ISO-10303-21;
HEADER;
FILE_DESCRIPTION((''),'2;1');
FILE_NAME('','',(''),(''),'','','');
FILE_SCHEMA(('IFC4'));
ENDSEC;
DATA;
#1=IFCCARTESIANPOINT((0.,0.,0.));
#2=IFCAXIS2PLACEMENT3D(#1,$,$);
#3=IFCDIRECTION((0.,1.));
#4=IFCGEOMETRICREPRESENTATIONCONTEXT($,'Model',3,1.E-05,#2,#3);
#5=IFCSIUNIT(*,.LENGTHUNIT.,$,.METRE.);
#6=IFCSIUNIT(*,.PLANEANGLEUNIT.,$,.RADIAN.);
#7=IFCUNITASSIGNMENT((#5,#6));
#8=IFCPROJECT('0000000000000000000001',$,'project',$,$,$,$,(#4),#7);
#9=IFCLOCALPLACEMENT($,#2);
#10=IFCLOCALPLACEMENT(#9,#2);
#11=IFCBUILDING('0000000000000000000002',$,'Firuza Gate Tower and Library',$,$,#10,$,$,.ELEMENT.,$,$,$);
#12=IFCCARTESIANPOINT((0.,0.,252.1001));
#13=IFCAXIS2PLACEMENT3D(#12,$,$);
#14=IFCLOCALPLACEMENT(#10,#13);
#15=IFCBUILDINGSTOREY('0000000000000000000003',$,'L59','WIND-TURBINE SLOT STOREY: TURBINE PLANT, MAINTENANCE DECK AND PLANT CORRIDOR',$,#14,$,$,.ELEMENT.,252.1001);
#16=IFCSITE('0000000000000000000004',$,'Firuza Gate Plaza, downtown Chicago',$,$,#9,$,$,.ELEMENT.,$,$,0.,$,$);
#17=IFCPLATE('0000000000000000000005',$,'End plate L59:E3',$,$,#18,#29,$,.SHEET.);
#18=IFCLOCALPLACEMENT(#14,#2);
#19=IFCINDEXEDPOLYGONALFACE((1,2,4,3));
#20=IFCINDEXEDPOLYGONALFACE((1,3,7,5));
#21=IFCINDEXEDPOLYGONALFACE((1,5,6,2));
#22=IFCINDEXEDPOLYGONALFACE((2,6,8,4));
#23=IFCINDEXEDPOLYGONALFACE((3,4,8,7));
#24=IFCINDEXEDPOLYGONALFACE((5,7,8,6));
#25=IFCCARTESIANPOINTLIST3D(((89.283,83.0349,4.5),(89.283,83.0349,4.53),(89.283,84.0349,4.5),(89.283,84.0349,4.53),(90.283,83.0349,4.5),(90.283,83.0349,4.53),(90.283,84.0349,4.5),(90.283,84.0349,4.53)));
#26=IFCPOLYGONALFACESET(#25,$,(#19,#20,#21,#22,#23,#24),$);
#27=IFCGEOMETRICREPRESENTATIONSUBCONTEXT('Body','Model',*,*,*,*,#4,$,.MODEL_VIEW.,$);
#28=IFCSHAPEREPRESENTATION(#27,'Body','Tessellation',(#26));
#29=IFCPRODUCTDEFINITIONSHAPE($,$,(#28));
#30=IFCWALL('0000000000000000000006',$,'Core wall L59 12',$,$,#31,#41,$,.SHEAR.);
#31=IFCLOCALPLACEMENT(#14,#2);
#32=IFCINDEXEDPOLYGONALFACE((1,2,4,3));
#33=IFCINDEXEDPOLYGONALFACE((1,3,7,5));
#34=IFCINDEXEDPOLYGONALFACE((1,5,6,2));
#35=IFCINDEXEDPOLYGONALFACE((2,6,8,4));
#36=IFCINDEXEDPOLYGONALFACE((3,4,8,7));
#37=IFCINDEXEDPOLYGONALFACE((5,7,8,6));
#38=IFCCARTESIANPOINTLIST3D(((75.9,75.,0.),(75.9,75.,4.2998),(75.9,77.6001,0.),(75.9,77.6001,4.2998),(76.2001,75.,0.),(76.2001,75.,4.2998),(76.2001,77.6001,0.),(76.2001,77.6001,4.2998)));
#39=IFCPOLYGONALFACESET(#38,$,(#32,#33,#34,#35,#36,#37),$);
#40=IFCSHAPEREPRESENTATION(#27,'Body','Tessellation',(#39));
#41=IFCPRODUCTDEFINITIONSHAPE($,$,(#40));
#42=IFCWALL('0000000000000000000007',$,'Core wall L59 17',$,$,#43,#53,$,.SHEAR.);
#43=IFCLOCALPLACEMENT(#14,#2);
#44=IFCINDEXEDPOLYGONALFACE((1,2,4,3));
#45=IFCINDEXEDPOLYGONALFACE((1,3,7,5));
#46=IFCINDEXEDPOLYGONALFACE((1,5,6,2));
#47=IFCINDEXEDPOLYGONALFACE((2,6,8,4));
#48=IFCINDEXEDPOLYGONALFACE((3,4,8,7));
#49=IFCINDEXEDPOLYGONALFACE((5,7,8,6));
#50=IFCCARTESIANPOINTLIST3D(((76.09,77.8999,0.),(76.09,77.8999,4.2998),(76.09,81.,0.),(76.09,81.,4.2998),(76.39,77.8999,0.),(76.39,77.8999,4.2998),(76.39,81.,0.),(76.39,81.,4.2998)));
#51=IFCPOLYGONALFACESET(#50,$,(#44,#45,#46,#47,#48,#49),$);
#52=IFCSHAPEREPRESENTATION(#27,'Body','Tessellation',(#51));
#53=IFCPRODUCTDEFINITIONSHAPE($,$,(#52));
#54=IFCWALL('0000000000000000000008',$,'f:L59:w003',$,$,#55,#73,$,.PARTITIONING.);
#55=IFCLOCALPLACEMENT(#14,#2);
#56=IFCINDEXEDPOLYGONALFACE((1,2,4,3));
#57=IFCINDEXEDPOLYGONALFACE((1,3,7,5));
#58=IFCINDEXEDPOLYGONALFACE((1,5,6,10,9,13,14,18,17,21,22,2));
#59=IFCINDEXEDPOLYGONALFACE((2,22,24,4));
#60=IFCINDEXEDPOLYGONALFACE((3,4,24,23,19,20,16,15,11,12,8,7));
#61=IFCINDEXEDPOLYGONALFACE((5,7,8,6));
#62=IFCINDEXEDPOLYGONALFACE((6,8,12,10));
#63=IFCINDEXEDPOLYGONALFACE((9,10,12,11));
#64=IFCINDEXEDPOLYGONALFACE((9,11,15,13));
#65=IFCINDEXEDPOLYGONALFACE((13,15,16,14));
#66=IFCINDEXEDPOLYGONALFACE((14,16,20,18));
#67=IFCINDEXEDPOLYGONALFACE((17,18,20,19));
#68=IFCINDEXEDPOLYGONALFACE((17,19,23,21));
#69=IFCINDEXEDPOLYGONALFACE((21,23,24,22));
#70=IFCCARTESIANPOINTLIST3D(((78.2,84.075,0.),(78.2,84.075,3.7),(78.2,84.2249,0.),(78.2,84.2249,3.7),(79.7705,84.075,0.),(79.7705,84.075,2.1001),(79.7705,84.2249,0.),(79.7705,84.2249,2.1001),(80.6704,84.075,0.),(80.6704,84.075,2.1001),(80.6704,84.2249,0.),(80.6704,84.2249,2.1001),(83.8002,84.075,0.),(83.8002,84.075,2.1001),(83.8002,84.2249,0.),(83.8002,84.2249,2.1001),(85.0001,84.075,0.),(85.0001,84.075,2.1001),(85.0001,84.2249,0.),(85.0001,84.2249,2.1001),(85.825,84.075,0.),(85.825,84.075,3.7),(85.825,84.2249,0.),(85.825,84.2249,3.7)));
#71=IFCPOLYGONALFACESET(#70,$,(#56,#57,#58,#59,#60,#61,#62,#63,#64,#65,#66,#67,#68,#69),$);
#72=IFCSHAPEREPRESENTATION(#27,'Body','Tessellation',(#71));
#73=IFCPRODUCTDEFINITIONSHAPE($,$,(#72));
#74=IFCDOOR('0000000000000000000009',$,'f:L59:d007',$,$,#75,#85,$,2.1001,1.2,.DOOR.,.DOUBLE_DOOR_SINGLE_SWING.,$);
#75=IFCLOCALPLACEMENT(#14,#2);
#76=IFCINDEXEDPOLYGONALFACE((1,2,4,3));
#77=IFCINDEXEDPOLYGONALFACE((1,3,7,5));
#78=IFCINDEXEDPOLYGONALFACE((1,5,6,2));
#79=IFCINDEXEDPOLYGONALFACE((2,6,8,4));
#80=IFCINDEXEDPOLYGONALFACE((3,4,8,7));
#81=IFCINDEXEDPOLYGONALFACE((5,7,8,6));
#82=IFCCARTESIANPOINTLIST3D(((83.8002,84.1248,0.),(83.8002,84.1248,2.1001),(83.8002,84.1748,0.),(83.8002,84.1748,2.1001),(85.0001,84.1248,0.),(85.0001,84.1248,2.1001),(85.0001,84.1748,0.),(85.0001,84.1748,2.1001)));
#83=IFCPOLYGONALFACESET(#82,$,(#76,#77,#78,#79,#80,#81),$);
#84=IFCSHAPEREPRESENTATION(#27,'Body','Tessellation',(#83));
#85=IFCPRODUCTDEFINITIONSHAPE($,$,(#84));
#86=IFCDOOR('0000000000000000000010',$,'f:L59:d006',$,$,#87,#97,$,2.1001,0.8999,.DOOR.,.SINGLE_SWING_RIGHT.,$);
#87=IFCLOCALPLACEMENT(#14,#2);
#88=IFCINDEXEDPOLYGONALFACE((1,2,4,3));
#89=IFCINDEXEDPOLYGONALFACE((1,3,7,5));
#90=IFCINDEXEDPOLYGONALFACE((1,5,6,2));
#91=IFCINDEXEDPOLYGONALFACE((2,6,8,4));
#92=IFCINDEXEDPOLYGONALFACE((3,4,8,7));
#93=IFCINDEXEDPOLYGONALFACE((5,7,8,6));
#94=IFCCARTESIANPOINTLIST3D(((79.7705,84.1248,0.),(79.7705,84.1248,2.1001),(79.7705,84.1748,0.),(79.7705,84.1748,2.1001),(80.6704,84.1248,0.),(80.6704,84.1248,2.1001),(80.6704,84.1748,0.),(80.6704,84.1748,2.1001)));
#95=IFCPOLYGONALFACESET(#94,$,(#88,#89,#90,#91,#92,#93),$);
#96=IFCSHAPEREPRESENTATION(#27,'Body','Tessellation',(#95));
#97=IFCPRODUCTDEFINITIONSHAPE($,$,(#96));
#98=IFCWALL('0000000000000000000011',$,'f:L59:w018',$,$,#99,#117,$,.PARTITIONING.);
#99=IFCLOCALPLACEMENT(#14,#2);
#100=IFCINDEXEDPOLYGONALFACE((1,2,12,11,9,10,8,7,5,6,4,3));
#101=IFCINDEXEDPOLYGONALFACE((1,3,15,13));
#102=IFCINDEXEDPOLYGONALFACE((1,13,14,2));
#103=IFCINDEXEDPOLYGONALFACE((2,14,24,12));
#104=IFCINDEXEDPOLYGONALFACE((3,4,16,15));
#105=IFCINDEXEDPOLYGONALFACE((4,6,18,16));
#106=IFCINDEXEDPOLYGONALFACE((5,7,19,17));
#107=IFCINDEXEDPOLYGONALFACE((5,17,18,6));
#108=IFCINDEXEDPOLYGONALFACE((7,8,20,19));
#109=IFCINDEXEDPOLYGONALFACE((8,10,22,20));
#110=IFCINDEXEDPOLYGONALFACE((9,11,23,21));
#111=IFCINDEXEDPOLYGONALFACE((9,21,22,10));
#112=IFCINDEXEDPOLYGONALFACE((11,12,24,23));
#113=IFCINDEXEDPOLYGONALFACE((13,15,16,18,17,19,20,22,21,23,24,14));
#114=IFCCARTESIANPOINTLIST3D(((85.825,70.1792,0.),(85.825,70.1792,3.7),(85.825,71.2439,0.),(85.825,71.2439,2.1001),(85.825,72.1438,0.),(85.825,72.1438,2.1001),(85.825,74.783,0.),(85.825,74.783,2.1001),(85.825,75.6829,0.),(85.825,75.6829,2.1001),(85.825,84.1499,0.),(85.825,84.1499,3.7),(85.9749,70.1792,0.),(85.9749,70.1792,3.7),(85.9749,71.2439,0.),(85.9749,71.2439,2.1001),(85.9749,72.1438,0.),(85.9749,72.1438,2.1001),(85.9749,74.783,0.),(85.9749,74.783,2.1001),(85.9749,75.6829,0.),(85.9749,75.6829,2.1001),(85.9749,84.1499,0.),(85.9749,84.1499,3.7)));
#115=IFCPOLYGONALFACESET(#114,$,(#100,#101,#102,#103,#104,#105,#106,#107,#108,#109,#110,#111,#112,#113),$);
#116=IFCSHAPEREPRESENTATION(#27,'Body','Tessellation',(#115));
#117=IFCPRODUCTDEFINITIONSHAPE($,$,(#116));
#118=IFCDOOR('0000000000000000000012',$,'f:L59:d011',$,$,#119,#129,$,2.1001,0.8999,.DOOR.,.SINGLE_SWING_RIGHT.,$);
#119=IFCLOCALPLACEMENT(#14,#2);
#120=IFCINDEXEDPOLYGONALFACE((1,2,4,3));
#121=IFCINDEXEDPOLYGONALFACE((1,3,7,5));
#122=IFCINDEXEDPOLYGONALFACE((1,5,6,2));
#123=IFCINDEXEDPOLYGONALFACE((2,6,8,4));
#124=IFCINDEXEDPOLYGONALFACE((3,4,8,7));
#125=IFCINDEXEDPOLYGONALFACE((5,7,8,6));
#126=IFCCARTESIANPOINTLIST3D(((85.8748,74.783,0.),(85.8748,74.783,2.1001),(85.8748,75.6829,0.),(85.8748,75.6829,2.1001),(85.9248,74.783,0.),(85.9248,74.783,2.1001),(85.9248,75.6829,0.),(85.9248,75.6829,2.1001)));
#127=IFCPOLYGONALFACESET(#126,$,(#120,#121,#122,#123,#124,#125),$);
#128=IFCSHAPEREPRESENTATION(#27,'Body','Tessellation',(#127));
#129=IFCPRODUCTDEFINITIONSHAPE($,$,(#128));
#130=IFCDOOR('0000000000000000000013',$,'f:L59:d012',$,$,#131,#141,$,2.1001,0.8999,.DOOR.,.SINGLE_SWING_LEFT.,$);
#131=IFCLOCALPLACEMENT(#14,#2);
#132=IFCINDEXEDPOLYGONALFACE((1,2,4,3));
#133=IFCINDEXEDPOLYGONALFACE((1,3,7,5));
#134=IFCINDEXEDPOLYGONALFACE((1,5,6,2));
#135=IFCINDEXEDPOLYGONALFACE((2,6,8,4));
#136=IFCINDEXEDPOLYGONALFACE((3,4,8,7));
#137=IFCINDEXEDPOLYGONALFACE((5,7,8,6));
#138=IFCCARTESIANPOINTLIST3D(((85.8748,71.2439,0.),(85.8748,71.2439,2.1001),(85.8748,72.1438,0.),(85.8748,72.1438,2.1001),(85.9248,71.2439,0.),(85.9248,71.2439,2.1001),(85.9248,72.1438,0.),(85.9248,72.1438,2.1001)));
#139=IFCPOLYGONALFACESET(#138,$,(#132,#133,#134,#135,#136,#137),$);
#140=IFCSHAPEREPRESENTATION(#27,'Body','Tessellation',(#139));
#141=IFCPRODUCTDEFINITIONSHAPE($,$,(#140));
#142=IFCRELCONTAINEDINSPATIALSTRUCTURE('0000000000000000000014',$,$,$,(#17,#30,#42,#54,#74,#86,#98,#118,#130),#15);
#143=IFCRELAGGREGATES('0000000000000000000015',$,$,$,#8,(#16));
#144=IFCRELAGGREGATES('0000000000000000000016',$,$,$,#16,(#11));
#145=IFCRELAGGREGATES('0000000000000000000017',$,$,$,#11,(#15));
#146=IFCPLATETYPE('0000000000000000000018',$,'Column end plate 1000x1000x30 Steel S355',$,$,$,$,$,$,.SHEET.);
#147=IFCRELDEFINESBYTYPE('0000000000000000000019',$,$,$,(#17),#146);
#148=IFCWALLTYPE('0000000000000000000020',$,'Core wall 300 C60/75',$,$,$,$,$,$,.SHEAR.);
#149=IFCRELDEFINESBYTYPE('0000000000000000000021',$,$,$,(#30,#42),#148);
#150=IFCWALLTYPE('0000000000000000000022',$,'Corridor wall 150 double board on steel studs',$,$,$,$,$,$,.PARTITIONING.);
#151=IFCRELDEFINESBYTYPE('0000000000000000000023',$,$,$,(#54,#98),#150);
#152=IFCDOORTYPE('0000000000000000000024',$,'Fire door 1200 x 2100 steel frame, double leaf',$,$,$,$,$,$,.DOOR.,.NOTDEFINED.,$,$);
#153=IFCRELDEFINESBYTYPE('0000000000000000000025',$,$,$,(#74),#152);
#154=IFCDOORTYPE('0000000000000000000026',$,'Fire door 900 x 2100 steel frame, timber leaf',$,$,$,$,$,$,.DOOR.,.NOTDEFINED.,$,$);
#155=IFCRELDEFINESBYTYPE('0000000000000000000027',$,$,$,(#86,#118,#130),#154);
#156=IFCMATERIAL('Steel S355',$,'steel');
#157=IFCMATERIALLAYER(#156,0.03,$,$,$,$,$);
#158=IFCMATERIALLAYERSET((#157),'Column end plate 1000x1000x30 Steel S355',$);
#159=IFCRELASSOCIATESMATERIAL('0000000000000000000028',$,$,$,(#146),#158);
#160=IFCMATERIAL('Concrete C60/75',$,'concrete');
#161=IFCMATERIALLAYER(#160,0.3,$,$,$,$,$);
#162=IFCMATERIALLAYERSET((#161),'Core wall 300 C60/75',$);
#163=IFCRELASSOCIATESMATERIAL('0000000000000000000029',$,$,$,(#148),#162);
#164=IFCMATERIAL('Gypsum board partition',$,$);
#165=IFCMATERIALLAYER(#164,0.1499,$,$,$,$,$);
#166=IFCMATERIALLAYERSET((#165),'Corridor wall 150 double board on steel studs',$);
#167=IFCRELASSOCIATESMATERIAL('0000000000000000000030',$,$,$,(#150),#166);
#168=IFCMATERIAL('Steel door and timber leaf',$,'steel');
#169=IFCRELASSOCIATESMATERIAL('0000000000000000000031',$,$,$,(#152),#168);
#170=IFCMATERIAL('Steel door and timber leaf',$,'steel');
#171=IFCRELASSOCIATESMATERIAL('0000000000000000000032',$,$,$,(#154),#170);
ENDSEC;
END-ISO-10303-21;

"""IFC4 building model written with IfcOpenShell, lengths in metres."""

from ifc_helpers import new_model, si_unit, direction, frame, frame_2d, origin, origin_2d, place, context, subcontext, project, spatial, rectangle, extrude, material, layer, layer_set, type_object, element, fill, save


model = new_model("IFC4")

# Units and contexts
model_context = context("Model", 3, precision=1e-05, world=origin(), true_north=direction((0.0, 1.0)))
body_context = subcontext(model_context, "Body", "Model", "MODEL_VIEW")
ifc_project = project(units=[si_unit("LENGTHUNIT", "METRE"), si_unit("PLANEANGLEUNIT", "RADIAN")], contexts=[model_context])

# Site, building, storey
site_placement = place(None, origin())
site = spatial("IfcSite", under=ifc_project, at=site_placement, Name="Firuza Gate Plaza, downtown Chicago", CompositionType="ELEMENT", RefElevation=0.0)
building_placement = place(site_placement, origin())
building = spatial("IfcBuilding", under=site, at=building_placement, Name="Firuza Gate Tower and Library", CompositionType="ELEMENT")
storey_placement = place(building_placement, frame((0.0, 0.0, 252.1001)))
storey = spatial("IfcBuildingStorey", under=building, at=storey_placement, Name="L59", Description="WIND-TURBINE SLOT STOREY: TURBINE PLANT, MAINTENANCE DECK AND PLANT CORRIDOR", CompositionType="ELEMENT", Elevation=252.1001)

# Plate
ifc_material_1 = material(Name="Steel S355", Category="steel")
ifc_layer_1 = layer(ifc_material_1, 0.03)
ifc_layer_set_1 = layer_set([ifc_layer_1], Name="Column end plate 1000x1000x30 Steel S355")
plate_type = type_object("IfcPlateType", Name="Column end plate 1000x1000x30 Steel S355", PredefinedType="SHEET", material=ifc_layer_set_1)
for number, where, z_axis, x_axis, name in (
    (1, (89.783, 83.5349, 4.5), (0.0, 0.0, 1.0), (1.0, 0.0, 0.0), "End plate L59:E3"),
):
    element("IfcPlate", number, at=place(storey_placement, frame(where, z_axis=z_axis, x_axis=x_axis)), inside=storey, type_object=plate_type, Name=name, PredefinedType="SHEET", context=body_context, shape_type="SweptSolid", body=[
        extrude(rectangle(XDim=1.0, YDim=1.0, at=origin_2d()), origin(), (0.0, 0.0, 1.0), 0.03),
    ])

# Walls
ifc_material_2 = material(Name="Concrete C60/75", Category="concrete")
ifc_layer_2 = layer(ifc_material_2, 0.3)
ifc_layer_set_2 = layer_set([ifc_layer_2], Name="Core wall 300 C60/75")
wall_type_1 = type_object("IfcWallType", Name="Core wall 300 C60/75", PredefinedType="SHEAR", material=ifc_layer_set_2)
wall_1_placement = place(storey_placement, frame((76.05, 75.0, 0.0), z_axis=(0.0, 0.0, 1.0), x_axis=(0.0, 1.0, 0.0)))
element("IfcWall", 2, at=wall_1_placement, inside=storey, type_object=wall_type_1, Name="Core wall L59 12", PredefinedType="SHEAR", context=body_context, shape_type="SweptSolid", body=[
    extrude(rectangle(XDim=2.6001, YDim=0.3, at=frame_2d((1.3, 0.0))), origin(), (0.0, 0.0, 1.0), 4.2998),
])
wall_2_placement = place(storey_placement, frame((76.24, 77.8999, 0.0), z_axis=(0.0, 0.0, 1.0), x_axis=(0.0, 1.0, 0.0)))
element("IfcWall", 3, at=wall_2_placement, inside=storey, type_object=wall_type_1, Name="Core wall L59 17", PredefinedType="SHEAR", context=body_context, shape_type="SweptSolid", body=[
    extrude(rectangle(XDim=3.1001, YDim=0.3, at=frame_2d((1.55, 0.0))), origin(), (0.0, 0.0, 1.0), 4.2998),
])

# Walls, openings, doors
ifc_material_3 = material(Name="Gypsum board partition")
ifc_layer_3 = layer(ifc_material_3, 0.1499)
ifc_layer_set_3 = layer_set([ifc_layer_3], Name="Corridor wall 150 double board on steel studs")
wall_type_2 = type_object("IfcWallType", Name="Corridor wall 150 double board on steel studs", PredefinedType="PARTITIONING", material=ifc_layer_set_3)
wall_3_placement = place(storey_placement, frame((78.2, 84.1499, 0.0), z_axis=(0.0, 0.0, 1.0), x_axis=(1.0, 0.0, 0.0)))
wall_3 = element("IfcWall", 4, at=wall_3_placement, inside=storey, type_object=wall_type_2, Name="f:L59:w003", PredefinedType="PARTITIONING", context=body_context, shape_type="SweptSolid", body=[
    extrude(rectangle(XDim=7.625, YDim=0.1499, at=frame_2d((3.8125, 0.0))), origin(), (0.0, 0.0, 1.0), 3.7),
])
opening_1_placement = place(wall_3_placement, frame((1.5706, 0.0, 0.0)))
opening_1 = element("IfcOpeningElement", 5, at=opening_1_placement, cuts=wall_3, PredefinedType="OPENING", context=body_context, shape_type="SweptSolid", body=[
    extrude(rectangle(XDim=0.8999, YDim=2.1001, at=frame_2d((0.45, 1.05))), frame((0.0, 0.085, 0.0), z_axis=(0.0, -1.0, 0.0), x_axis=(1.0, 0.0, 0.0)), (0.0, 0.0, 1.0), 0.1699),
])
opening_2_placement = place(wall_3_placement, frame((5.6001, 0.0, 0.0)))
opening_2 = element("IfcOpeningElement", 6, at=opening_2_placement, cuts=wall_3, PredefinedType="OPENING", context=body_context, shape_type="SweptSolid", body=[
    extrude(rectangle(XDim=1.2, YDim=2.1001, at=frame_2d((0.6001, 1.05))), frame((0.0, 0.085, 0.0), z_axis=(0.0, -1.0, 0.0), x_axis=(1.0, 0.0, 0.0)), (0.0, 0.0, 1.0), 0.1699),
])
ifc_material_4 = material(Name="Steel door and timber leaf", Category="steel")
door_type_1 = type_object("IfcDoorType", Name="Fire door 1200 x 2100 steel frame, double leaf", OperationType="NOTDEFINED", PredefinedType="DOOR", material=ifc_material_4)
door_1_placement = place(opening_2_placement, origin())
door_1 = element("IfcDoor", 7, at=door_1_placement, inside=storey, type_object=door_type_1, Name="f:L59:d007", OperationType="DOUBLE_DOOR_SINGLE_SWING", OverallHeight=2.1001, OverallWidth=1.2, PredefinedType="DOOR", context=body_context, shape_type="SweptSolid", body=[
    extrude(rectangle(XDim=1.2, YDim=2.1001, at=frame_2d((0.6001, 1.05))), frame((0.0, 0.0249, 0.0), z_axis=(0.0, -1.0, 0.0), x_axis=(1.0, 0.0, 0.0)), (0.0, 0.0, 1.0), 0.05),
])
fill(opening_2, door_1)
ifc_material_5 = material(Name="Steel door and timber leaf", Category="steel")
door_type_2 = type_object("IfcDoorType", Name="Fire door 900 x 2100 steel frame, timber leaf", OperationType="NOTDEFINED", PredefinedType="DOOR", material=ifc_material_5)
door_2_placement = place(opening_1_placement, origin())
door_2 = element("IfcDoor", 8, at=door_2_placement, inside=storey, type_object=door_type_2, Name="f:L59:d006", OperationType="SINGLE_SWING_RIGHT", OverallHeight=2.1001, OverallWidth=0.8999, PredefinedType="DOOR", context=body_context, shape_type="SweptSolid", body=[
    extrude(rectangle(XDim=0.8999, YDim=2.1001, at=frame_2d((0.45, 1.05))), frame((0.0, 0.0249, 0.0), z_axis=(0.0, -1.0, 0.0), x_axis=(1.0, 0.0, 0.0)), (0.0, 0.0, 1.0), 0.05),
])
fill(opening_1, door_2)
wall_4_placement = place(storey_placement, frame((85.8999, 84.1499, 0.0), z_axis=(0.0, 0.0, 1.0), x_axis=(0.0, -1.0, 0.0)))
wall_4 = element("IfcWall", 9, at=wall_4_placement, inside=storey, type_object=wall_type_2, Name="f:L59:w018", PredefinedType="PARTITIONING", context=body_context, shape_type="SweptSolid", body=[
    extrude(rectangle(XDim=13.9707, YDim=0.1499, at=frame_2d((6.9854, 0.0))), origin(), (0.0, 0.0, 1.0), 3.7),
])
opening_3_placement = place(wall_4_placement, frame((8.467, 0.0, 0.0)))
opening_3 = element("IfcOpeningElement", 10, at=opening_3_placement, cuts=wall_4, PredefinedType="OPENING", context=body_context, shape_type="SweptSolid", body=[
    extrude(rectangle(XDim=0.8999, YDim=2.1001, at=frame_2d((0.45, 1.05))), frame((0.0, 0.085, 0.0), z_axis=(0.0, -1.0, 0.0), x_axis=(1.0, 0.0, 0.0)), (0.0, 0.0, 1.0), 0.1699),
])
opening_4_placement = place(wall_4_placement, frame((12.0061, 0.0, 0.0)))
opening_4 = element("IfcOpeningElement", 11, at=opening_4_placement, cuts=wall_4, PredefinedType="OPENING", context=body_context, shape_type="SweptSolid", body=[
    extrude(rectangle(XDim=0.8999, YDim=2.1001, at=frame_2d((0.45, 1.05))), frame((0.0, 0.085, 0.0), z_axis=(0.0, -1.0, 0.0), x_axis=(1.0, 0.0, 0.0)), (0.0, 0.0, 1.0), 0.1699),
])
door_3_placement = place(opening_3_placement, origin())
door_3 = element("IfcDoor", 12, at=door_3_placement, inside=storey, type_object=door_type_2, Name="f:L59:d011", OperationType="SINGLE_SWING_RIGHT", OverallHeight=2.1001, OverallWidth=0.8999, PredefinedType="DOOR", context=body_context, shape_type="SweptSolid", body=[
    extrude(rectangle(XDim=0.8999, YDim=2.1001, at=frame_2d((0.45, 1.05))), frame((0.0, 0.0249, 0.0), z_axis=(0.0, -1.0, 0.0), x_axis=(1.0, 0.0, 0.0)), (0.0, 0.0, 1.0), 0.05),
])
fill(opening_3, door_3)
door_4_placement = place(opening_4_placement, origin())
door_4 = element("IfcDoor", 13, at=door_4_placement, inside=storey, type_object=door_type_2, Name="f:L59:d012", OperationType="SINGLE_SWING_LEFT", OverallHeight=2.1001, OverallWidth=0.8999, PredefinedType="DOOR", context=body_context, shape_type="SweptSolid", body=[
    extrude(rectangle(XDim=0.8999, YDim=2.1001, at=frame_2d((0.45, 1.05))), frame((0.0, 0.0249, 0.0), z_axis=(0.0, -1.0, 0.0), x_axis=(1.0, 0.0, 0.0)), (0.0, 0.0, 1.0), 0.05),
])
fill(opening_4, door_4)

save(model, "model.ifc")
